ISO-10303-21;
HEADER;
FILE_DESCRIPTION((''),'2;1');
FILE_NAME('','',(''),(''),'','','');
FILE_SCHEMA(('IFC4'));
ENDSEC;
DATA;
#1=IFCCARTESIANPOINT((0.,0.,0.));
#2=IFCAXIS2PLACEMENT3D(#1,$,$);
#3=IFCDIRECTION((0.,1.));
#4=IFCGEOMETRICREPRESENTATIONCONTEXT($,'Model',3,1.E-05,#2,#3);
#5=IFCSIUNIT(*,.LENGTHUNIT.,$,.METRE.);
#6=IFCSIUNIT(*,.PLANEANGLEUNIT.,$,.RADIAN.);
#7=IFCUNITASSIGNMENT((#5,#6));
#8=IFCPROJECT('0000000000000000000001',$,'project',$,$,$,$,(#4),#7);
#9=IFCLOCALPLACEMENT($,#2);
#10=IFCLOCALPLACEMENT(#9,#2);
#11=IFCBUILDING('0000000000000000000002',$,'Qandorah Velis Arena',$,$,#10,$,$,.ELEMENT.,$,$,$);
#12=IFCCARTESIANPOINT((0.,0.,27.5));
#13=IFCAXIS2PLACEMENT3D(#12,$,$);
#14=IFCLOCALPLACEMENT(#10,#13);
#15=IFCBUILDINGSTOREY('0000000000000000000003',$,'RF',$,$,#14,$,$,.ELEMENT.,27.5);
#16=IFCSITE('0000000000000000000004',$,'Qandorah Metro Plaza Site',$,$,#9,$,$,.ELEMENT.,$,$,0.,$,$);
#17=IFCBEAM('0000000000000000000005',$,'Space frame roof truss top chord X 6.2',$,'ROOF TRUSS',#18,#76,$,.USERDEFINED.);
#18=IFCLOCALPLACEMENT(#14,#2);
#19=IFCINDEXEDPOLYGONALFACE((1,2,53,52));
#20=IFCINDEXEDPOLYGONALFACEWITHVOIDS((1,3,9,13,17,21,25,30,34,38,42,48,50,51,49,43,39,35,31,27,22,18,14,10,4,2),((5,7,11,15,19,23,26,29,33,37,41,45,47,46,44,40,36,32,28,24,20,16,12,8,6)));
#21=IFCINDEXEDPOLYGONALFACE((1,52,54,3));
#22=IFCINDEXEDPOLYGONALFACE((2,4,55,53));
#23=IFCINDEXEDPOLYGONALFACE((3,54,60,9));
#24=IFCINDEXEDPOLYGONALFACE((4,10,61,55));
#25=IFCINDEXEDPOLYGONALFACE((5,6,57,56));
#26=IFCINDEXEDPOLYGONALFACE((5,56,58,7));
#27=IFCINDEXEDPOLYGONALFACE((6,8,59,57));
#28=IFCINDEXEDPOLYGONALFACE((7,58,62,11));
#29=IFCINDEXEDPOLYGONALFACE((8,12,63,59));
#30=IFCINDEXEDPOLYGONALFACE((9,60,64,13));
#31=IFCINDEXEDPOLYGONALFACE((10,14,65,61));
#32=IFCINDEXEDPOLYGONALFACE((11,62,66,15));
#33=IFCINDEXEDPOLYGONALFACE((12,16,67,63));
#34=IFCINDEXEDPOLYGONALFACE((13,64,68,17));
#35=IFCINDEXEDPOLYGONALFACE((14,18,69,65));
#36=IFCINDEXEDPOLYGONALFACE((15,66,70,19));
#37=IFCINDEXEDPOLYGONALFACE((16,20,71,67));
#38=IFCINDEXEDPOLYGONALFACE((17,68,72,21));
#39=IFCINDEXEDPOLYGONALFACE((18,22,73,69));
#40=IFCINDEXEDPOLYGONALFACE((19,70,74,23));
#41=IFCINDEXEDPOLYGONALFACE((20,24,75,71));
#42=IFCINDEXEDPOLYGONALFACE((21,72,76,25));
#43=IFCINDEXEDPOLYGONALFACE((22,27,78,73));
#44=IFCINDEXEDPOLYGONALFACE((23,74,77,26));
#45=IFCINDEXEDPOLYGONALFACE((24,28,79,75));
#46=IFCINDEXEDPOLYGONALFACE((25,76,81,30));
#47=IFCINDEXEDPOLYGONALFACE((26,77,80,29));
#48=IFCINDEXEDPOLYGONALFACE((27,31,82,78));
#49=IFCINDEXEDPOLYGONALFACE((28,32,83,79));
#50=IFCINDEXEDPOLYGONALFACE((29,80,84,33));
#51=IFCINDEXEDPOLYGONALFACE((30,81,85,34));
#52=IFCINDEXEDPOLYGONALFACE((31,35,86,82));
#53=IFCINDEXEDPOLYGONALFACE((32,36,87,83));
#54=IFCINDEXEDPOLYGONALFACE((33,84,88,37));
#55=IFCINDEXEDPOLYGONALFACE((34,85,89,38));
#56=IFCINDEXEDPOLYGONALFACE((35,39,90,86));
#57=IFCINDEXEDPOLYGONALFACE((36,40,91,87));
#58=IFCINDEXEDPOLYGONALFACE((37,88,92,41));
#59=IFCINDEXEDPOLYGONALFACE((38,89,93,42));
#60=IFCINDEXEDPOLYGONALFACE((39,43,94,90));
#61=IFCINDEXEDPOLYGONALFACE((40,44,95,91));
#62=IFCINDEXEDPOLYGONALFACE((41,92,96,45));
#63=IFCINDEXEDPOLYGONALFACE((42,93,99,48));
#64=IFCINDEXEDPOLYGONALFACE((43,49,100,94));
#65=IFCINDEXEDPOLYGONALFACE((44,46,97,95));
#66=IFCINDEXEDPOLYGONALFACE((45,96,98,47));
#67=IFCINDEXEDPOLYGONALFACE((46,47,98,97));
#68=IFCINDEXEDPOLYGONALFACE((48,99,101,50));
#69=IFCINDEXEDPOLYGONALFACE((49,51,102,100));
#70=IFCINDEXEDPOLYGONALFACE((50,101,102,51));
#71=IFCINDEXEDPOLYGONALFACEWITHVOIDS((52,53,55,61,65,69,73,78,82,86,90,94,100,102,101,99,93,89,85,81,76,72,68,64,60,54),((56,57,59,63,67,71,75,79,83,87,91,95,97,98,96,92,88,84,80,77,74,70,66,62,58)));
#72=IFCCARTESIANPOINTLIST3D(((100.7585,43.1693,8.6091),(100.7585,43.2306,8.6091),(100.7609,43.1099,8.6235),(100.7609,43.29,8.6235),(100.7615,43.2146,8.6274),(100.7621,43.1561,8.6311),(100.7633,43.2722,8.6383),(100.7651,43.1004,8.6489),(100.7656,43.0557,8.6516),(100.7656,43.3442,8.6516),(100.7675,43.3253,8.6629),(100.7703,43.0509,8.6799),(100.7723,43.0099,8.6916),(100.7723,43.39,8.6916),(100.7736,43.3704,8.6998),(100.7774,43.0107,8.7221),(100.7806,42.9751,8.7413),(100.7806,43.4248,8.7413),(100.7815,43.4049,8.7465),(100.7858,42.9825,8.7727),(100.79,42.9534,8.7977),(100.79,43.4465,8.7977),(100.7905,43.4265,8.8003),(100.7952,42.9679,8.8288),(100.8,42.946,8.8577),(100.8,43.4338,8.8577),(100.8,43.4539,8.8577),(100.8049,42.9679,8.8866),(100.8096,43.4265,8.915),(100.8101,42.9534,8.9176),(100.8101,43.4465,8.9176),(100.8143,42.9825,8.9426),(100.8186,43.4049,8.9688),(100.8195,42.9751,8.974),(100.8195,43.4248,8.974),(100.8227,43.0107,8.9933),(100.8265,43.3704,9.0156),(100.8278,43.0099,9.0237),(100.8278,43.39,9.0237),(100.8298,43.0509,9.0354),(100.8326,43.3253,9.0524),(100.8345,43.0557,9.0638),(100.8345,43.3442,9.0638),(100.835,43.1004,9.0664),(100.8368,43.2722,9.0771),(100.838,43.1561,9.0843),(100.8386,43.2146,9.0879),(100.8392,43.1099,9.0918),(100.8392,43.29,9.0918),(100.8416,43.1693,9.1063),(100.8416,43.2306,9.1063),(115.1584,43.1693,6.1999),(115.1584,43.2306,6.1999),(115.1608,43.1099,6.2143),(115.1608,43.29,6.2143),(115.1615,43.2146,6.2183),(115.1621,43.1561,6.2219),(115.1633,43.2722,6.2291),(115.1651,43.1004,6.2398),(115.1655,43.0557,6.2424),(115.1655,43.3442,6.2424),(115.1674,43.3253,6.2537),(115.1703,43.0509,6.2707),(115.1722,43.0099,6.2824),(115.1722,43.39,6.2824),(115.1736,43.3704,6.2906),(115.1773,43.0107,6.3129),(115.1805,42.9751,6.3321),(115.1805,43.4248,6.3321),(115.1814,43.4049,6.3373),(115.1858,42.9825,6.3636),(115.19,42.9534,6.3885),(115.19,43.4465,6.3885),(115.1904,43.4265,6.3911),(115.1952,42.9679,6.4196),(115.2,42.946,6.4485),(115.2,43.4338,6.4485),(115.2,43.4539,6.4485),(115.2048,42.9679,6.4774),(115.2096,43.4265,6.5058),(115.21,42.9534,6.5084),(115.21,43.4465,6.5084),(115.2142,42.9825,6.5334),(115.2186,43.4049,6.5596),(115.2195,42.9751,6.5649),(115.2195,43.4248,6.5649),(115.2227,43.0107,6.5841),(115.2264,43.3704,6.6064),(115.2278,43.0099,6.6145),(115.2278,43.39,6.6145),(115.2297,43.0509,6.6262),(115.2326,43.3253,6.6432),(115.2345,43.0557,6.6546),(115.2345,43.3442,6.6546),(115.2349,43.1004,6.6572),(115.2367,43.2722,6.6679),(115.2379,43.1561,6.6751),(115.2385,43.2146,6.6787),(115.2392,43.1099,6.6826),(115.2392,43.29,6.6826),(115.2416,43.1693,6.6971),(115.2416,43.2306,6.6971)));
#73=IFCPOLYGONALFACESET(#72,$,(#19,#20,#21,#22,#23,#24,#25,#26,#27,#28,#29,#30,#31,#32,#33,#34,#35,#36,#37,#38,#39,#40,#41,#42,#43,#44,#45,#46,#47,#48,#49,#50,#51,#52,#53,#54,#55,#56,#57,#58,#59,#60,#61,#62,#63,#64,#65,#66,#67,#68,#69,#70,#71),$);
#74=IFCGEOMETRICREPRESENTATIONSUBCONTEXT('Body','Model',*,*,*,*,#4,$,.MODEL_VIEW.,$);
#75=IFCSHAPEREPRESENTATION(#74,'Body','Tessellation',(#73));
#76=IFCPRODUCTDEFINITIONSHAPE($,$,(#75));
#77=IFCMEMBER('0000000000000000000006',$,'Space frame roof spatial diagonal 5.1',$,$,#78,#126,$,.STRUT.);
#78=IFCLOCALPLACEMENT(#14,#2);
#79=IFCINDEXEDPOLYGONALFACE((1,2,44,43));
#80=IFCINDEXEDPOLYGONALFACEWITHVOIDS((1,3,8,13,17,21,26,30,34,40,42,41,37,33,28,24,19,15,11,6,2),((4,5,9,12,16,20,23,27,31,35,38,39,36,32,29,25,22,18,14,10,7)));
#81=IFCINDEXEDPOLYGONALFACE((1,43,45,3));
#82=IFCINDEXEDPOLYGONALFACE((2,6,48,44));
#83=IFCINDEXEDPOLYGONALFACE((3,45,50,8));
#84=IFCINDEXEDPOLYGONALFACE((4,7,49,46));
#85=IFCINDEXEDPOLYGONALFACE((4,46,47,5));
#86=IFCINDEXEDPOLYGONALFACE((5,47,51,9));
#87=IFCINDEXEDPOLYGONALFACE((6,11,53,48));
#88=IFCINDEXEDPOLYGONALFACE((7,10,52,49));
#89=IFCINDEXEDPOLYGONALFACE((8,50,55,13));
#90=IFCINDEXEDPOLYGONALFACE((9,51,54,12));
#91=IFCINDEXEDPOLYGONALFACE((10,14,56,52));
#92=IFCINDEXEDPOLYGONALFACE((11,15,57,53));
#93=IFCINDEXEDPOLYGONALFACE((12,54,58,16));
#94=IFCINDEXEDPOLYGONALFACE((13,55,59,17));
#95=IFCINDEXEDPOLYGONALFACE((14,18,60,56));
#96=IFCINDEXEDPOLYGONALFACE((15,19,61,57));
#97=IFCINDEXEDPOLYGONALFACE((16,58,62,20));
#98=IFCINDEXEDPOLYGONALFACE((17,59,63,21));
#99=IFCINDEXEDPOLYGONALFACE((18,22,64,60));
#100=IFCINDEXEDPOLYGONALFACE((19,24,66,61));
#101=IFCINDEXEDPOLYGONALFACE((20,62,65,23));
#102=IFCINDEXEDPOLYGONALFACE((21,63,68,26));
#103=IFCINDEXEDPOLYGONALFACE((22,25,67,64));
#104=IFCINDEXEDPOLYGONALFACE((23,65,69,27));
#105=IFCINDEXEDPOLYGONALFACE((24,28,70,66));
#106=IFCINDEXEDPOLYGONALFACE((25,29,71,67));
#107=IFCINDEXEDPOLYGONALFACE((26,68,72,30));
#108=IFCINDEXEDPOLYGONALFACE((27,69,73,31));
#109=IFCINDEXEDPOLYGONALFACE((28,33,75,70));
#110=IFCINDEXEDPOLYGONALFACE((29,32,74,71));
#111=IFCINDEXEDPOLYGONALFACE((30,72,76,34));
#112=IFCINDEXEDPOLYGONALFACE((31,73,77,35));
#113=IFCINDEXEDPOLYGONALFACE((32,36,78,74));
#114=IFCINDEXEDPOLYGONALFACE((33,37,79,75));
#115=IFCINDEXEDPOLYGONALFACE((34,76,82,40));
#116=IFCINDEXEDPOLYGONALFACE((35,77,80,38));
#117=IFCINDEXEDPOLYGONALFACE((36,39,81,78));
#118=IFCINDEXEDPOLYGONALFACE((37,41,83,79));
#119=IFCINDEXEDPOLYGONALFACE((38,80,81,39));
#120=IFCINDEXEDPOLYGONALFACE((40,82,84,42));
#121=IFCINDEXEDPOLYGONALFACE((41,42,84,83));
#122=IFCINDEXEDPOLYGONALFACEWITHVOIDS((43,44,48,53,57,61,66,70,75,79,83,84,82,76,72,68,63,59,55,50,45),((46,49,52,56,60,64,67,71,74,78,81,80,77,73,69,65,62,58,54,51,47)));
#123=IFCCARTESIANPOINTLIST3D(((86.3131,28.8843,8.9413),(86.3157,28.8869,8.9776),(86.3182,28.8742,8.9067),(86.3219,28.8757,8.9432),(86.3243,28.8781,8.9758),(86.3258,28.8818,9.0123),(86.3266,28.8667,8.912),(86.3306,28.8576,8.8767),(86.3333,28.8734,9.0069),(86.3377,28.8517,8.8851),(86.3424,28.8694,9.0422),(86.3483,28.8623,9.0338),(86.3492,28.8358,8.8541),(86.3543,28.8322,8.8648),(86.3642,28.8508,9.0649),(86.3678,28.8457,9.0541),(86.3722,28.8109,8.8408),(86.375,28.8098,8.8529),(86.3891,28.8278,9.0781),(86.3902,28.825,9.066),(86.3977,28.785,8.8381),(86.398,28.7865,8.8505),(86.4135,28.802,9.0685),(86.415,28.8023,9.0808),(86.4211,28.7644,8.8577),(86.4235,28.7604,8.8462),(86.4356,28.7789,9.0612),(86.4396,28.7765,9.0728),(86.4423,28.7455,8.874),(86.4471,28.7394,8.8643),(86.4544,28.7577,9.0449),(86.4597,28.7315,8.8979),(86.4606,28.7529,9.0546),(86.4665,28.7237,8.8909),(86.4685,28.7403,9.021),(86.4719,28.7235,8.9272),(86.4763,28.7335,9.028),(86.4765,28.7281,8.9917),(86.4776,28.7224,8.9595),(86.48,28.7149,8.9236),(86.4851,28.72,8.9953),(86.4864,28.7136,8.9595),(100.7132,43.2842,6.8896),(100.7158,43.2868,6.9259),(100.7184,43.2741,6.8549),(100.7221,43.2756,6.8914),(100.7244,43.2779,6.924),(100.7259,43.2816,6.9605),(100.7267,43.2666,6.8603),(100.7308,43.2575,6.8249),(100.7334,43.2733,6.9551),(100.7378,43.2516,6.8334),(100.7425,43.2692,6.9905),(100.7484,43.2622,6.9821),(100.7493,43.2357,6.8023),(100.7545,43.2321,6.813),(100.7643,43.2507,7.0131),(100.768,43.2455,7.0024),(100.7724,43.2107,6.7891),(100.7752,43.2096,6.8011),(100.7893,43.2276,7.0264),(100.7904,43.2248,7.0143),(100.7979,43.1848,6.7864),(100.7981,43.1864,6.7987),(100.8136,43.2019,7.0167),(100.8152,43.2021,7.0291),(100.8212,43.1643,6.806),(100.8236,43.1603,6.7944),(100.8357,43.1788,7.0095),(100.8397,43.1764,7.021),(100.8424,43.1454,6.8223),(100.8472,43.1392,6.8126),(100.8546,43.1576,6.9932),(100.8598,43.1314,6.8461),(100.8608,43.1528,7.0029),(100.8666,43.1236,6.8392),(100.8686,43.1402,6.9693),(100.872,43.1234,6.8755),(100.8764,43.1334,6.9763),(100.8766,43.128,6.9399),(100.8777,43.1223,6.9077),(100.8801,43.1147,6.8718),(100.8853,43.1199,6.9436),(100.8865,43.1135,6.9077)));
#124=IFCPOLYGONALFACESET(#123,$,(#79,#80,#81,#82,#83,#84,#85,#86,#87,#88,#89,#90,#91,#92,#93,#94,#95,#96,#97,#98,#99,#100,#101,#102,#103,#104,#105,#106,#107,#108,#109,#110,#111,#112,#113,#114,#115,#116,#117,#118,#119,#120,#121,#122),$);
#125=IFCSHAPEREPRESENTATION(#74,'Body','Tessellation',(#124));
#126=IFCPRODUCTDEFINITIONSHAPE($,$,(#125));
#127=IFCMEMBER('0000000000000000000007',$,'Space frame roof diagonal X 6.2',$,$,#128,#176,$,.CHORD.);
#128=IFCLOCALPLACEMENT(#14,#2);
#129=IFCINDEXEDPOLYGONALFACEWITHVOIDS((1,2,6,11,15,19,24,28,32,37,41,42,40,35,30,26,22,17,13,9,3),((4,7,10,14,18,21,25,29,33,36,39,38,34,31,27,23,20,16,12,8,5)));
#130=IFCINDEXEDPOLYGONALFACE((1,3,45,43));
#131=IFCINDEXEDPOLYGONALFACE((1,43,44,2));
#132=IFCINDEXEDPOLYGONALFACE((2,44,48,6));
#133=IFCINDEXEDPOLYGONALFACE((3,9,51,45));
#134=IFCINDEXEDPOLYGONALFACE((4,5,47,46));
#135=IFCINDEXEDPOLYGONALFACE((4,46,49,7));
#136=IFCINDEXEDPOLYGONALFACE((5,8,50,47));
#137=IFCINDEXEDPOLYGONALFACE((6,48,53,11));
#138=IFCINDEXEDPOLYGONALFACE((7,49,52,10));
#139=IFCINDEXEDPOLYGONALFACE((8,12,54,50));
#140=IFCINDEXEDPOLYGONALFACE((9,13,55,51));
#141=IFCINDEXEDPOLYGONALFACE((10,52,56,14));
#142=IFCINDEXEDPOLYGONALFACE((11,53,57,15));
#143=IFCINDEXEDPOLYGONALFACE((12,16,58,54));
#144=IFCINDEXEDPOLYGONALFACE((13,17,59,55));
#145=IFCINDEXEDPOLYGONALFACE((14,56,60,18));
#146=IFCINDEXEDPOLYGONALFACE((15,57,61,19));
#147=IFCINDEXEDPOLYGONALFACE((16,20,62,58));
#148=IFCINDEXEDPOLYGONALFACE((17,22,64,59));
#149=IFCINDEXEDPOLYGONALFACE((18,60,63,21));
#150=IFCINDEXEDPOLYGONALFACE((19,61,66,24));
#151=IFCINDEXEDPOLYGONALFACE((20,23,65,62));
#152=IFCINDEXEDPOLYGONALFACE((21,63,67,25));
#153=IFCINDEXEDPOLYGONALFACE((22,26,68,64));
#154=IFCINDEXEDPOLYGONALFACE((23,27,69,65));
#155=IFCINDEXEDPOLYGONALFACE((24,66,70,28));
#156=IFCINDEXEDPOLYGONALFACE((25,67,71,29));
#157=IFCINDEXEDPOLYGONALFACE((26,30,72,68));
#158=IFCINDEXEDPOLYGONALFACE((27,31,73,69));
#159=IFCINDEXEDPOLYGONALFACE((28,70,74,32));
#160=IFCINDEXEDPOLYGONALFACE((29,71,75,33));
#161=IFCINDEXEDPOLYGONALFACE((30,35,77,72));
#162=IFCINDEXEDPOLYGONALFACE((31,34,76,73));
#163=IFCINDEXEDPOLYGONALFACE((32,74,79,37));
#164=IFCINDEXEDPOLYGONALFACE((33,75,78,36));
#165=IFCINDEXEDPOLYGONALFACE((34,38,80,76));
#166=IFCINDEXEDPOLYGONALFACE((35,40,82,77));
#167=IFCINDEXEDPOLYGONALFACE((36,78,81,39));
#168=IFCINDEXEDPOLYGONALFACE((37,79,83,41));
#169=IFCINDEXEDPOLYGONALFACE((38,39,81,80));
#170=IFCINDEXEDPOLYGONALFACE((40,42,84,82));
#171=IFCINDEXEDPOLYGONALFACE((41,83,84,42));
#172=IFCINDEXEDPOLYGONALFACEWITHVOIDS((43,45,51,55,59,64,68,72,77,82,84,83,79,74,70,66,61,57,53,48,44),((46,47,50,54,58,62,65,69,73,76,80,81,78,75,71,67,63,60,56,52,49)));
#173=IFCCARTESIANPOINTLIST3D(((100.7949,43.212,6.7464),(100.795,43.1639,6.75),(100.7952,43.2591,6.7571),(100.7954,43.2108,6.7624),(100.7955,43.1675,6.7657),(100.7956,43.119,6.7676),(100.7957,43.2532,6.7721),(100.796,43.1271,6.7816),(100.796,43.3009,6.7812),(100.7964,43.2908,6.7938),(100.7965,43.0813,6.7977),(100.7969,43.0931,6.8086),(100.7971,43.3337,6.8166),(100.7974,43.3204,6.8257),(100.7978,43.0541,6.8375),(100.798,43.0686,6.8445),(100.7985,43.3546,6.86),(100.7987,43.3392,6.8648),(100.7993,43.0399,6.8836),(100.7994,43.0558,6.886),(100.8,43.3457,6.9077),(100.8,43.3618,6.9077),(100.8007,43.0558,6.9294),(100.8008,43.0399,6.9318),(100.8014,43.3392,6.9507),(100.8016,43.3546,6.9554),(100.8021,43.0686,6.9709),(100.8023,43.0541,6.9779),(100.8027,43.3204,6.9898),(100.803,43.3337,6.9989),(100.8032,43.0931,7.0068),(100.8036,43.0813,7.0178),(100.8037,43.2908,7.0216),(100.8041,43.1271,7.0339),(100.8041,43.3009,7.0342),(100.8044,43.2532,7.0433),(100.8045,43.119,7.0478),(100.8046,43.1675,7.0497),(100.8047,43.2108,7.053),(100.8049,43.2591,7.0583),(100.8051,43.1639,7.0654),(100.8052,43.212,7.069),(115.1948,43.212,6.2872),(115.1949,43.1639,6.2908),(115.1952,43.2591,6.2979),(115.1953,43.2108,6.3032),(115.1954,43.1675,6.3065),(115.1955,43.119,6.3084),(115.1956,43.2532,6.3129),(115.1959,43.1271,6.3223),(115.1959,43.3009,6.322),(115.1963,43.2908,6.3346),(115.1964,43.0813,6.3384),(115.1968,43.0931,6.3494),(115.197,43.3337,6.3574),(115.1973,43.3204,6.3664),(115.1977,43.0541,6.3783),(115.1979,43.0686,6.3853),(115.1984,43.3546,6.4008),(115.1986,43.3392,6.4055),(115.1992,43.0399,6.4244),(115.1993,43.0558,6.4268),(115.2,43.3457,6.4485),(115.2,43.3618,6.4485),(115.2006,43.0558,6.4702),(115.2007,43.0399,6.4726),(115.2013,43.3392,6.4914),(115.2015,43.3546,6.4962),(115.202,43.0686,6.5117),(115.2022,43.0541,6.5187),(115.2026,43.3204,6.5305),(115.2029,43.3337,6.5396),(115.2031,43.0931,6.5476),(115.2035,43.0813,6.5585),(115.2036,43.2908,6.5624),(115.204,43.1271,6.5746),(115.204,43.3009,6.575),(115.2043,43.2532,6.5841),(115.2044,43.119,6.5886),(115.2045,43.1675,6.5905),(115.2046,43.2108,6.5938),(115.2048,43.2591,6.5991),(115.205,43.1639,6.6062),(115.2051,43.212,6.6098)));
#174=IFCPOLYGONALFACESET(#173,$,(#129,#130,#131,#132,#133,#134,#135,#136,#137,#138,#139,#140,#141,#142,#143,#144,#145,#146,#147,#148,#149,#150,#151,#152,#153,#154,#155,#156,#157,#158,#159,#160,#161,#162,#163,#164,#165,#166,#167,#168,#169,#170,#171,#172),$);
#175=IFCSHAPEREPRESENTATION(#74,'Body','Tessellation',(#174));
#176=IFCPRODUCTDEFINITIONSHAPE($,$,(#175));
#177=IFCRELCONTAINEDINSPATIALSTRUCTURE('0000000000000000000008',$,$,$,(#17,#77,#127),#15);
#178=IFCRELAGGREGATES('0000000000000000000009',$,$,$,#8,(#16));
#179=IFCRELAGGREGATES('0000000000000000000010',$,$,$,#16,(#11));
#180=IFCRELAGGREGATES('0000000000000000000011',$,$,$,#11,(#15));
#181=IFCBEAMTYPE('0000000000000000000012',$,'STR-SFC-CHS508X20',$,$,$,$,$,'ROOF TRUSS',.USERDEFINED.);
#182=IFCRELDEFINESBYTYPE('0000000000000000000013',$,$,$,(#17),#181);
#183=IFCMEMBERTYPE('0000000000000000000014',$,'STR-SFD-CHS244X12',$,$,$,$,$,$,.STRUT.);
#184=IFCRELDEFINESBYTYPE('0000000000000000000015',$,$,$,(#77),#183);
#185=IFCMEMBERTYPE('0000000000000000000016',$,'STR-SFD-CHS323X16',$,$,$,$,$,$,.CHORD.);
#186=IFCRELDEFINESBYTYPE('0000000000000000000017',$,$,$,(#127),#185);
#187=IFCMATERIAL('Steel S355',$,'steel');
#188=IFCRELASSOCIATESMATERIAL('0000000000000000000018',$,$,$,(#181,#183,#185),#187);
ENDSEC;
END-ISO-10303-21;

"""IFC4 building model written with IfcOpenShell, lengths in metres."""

from ifc_helpers import new_model, si_unit, direction, frame, origin, origin_2d, place, context, subcontext, project, spatial, hollow_circle, extrude, material, material_profile, profile_set, type_object, element, save


model = new_model("IFC4")

# Units and contexts
model_context = context("Model", 3, precision=1e-05, world=origin(), true_north=direction((0.0, 1.0)))
body_context = subcontext(model_context, "Body", "Model", "MODEL_VIEW")
ifc_project = project(units=[si_unit("LENGTHUNIT", "METRE"), si_unit("PLANEANGLEUNIT", "RADIAN")], contexts=[model_context])

# Site, building, storey
site_placement = place(None, origin())
site = spatial("IfcSite", under=ifc_project, at=site_placement, Name="Qandorah Metro Plaza Site", CompositionType="ELEMENT", RefElevation=0.0)
building_placement = place(site_placement, origin())
building = spatial("IfcBuilding", under=site, at=building_placement, Name="Qandorah Velis Arena", CompositionType="ELEMENT")
storey_placement = place(building_placement, frame((0.0, 0.0, 27.5)))
storey = spatial("IfcBuildingStorey", under=building, at=storey_placement, Name="RF", CompositionType="ELEMENT", Elevation=27.5)

# Beam
ifc_material_1 = material(Name="Steel S355", Category="steel")
ifc_material_profile_1 = material_profile(ifc_material_1, hollow_circle(Radius=0.2539, WallThickness=0.02, at=origin_2d()), Name="CHS 508x20")
ifc_profile_set_1 = profile_set([ifc_material_profile_1], Name="Steel S355")
beam_type_1 = type_object("IfcBeamType", Name="STR-SFC-CHS508X20", ElementType="ROOF TRUSS", PredefinedType="USERDEFINED", material=ifc_profile_set_1)
beam_1_placement = place(storey_placement, frame((100.8, 43.2, 8.8577), z_axis=(0.986292, 0.0, -0.165012), x_axis=(0.0, 1.0, 0.0)))
element("IfcBeam", 1, at=beam_1_placement, inside=storey, type_object=beam_type_1, Name="Space frame roof truss top chord X 6.2", ObjectType="ROOF TRUSS", PredefinedType="USERDEFINED", context=body_context, shape_type="SweptSolid", body=[
    extrude(hollow_circle(Radius=0.2539, WallThickness=0.02, at=origin_2d()), origin(), (0.0, 0.0, 1.0), 14.6001),
])

# Members
ifc_material_profile_2 = material_profile(ifc_material_1, hollow_circle(Radius=0.1223, WallThickness=0.0125, at=origin_2d()), Name="CHS 244.5x12.5")
ifc_profile_set_2 = profile_set([ifc_material_profile_2], Name="Steel S355")
member_type_1 = type_object("IfcMemberType", Name="STR-SFD-CHS244X12", PredefinedType="STRUT", material=ifc_profile_set_2)
member_1_placement = place(storey_placement, frame((100.8, 43.2, 6.9077), z_axis=(-0.703551, -0.703539, 0.100243), x_axis=(0.707101, -0.707113, 0.0)))
element("IfcMember", 2, at=member_1_placement, inside=storey, type_object=member_type_1, Name="Space frame roof spatial diagonal 5.1", PredefinedType="STRUT", context=body_context, shape_type="SweptSolid", body=[
    extrude(hollow_circle(Radius=0.1223, WallThickness=0.0125, at=origin_2d()), origin(), (0.0, 0.0, 1.0), 20.4678),
])
ifc_material_profile_3 = material_profile(ifc_material_1, hollow_circle(Radius=0.1619, WallThickness=0.0161, at=origin_2d()), Name="CHS 323.9x16")
ifc_profile_set_3 = profile_set([ifc_material_profile_3], Name="Steel S355")
member_type_2 = type_object("IfcMemberType", Name="STR-SFD-CHS323X16", PredefinedType="CHORD", material=ifc_profile_set_3)
member_2_placement = place(storey_placement, frame((100.8, 43.2, 6.9077), z_axis=(0.999492, 0.0, -0.031875), x_axis=(0.0, 1.0, 0.0)))
element("IfcMember", 3, at=member_2_placement, inside=storey, type_object=member_type_2, Name="Space frame roof diagonal X 6.2", PredefinedType="CHORD", context=body_context, shape_type="SweptSolid", body=[
    extrude(hollow_circle(Radius=0.1619, WallThickness=0.0161, at=origin_2d()), origin(), (0.0, 0.0, 1.0), 14.4072),
])

save(model, "model.ifc")
